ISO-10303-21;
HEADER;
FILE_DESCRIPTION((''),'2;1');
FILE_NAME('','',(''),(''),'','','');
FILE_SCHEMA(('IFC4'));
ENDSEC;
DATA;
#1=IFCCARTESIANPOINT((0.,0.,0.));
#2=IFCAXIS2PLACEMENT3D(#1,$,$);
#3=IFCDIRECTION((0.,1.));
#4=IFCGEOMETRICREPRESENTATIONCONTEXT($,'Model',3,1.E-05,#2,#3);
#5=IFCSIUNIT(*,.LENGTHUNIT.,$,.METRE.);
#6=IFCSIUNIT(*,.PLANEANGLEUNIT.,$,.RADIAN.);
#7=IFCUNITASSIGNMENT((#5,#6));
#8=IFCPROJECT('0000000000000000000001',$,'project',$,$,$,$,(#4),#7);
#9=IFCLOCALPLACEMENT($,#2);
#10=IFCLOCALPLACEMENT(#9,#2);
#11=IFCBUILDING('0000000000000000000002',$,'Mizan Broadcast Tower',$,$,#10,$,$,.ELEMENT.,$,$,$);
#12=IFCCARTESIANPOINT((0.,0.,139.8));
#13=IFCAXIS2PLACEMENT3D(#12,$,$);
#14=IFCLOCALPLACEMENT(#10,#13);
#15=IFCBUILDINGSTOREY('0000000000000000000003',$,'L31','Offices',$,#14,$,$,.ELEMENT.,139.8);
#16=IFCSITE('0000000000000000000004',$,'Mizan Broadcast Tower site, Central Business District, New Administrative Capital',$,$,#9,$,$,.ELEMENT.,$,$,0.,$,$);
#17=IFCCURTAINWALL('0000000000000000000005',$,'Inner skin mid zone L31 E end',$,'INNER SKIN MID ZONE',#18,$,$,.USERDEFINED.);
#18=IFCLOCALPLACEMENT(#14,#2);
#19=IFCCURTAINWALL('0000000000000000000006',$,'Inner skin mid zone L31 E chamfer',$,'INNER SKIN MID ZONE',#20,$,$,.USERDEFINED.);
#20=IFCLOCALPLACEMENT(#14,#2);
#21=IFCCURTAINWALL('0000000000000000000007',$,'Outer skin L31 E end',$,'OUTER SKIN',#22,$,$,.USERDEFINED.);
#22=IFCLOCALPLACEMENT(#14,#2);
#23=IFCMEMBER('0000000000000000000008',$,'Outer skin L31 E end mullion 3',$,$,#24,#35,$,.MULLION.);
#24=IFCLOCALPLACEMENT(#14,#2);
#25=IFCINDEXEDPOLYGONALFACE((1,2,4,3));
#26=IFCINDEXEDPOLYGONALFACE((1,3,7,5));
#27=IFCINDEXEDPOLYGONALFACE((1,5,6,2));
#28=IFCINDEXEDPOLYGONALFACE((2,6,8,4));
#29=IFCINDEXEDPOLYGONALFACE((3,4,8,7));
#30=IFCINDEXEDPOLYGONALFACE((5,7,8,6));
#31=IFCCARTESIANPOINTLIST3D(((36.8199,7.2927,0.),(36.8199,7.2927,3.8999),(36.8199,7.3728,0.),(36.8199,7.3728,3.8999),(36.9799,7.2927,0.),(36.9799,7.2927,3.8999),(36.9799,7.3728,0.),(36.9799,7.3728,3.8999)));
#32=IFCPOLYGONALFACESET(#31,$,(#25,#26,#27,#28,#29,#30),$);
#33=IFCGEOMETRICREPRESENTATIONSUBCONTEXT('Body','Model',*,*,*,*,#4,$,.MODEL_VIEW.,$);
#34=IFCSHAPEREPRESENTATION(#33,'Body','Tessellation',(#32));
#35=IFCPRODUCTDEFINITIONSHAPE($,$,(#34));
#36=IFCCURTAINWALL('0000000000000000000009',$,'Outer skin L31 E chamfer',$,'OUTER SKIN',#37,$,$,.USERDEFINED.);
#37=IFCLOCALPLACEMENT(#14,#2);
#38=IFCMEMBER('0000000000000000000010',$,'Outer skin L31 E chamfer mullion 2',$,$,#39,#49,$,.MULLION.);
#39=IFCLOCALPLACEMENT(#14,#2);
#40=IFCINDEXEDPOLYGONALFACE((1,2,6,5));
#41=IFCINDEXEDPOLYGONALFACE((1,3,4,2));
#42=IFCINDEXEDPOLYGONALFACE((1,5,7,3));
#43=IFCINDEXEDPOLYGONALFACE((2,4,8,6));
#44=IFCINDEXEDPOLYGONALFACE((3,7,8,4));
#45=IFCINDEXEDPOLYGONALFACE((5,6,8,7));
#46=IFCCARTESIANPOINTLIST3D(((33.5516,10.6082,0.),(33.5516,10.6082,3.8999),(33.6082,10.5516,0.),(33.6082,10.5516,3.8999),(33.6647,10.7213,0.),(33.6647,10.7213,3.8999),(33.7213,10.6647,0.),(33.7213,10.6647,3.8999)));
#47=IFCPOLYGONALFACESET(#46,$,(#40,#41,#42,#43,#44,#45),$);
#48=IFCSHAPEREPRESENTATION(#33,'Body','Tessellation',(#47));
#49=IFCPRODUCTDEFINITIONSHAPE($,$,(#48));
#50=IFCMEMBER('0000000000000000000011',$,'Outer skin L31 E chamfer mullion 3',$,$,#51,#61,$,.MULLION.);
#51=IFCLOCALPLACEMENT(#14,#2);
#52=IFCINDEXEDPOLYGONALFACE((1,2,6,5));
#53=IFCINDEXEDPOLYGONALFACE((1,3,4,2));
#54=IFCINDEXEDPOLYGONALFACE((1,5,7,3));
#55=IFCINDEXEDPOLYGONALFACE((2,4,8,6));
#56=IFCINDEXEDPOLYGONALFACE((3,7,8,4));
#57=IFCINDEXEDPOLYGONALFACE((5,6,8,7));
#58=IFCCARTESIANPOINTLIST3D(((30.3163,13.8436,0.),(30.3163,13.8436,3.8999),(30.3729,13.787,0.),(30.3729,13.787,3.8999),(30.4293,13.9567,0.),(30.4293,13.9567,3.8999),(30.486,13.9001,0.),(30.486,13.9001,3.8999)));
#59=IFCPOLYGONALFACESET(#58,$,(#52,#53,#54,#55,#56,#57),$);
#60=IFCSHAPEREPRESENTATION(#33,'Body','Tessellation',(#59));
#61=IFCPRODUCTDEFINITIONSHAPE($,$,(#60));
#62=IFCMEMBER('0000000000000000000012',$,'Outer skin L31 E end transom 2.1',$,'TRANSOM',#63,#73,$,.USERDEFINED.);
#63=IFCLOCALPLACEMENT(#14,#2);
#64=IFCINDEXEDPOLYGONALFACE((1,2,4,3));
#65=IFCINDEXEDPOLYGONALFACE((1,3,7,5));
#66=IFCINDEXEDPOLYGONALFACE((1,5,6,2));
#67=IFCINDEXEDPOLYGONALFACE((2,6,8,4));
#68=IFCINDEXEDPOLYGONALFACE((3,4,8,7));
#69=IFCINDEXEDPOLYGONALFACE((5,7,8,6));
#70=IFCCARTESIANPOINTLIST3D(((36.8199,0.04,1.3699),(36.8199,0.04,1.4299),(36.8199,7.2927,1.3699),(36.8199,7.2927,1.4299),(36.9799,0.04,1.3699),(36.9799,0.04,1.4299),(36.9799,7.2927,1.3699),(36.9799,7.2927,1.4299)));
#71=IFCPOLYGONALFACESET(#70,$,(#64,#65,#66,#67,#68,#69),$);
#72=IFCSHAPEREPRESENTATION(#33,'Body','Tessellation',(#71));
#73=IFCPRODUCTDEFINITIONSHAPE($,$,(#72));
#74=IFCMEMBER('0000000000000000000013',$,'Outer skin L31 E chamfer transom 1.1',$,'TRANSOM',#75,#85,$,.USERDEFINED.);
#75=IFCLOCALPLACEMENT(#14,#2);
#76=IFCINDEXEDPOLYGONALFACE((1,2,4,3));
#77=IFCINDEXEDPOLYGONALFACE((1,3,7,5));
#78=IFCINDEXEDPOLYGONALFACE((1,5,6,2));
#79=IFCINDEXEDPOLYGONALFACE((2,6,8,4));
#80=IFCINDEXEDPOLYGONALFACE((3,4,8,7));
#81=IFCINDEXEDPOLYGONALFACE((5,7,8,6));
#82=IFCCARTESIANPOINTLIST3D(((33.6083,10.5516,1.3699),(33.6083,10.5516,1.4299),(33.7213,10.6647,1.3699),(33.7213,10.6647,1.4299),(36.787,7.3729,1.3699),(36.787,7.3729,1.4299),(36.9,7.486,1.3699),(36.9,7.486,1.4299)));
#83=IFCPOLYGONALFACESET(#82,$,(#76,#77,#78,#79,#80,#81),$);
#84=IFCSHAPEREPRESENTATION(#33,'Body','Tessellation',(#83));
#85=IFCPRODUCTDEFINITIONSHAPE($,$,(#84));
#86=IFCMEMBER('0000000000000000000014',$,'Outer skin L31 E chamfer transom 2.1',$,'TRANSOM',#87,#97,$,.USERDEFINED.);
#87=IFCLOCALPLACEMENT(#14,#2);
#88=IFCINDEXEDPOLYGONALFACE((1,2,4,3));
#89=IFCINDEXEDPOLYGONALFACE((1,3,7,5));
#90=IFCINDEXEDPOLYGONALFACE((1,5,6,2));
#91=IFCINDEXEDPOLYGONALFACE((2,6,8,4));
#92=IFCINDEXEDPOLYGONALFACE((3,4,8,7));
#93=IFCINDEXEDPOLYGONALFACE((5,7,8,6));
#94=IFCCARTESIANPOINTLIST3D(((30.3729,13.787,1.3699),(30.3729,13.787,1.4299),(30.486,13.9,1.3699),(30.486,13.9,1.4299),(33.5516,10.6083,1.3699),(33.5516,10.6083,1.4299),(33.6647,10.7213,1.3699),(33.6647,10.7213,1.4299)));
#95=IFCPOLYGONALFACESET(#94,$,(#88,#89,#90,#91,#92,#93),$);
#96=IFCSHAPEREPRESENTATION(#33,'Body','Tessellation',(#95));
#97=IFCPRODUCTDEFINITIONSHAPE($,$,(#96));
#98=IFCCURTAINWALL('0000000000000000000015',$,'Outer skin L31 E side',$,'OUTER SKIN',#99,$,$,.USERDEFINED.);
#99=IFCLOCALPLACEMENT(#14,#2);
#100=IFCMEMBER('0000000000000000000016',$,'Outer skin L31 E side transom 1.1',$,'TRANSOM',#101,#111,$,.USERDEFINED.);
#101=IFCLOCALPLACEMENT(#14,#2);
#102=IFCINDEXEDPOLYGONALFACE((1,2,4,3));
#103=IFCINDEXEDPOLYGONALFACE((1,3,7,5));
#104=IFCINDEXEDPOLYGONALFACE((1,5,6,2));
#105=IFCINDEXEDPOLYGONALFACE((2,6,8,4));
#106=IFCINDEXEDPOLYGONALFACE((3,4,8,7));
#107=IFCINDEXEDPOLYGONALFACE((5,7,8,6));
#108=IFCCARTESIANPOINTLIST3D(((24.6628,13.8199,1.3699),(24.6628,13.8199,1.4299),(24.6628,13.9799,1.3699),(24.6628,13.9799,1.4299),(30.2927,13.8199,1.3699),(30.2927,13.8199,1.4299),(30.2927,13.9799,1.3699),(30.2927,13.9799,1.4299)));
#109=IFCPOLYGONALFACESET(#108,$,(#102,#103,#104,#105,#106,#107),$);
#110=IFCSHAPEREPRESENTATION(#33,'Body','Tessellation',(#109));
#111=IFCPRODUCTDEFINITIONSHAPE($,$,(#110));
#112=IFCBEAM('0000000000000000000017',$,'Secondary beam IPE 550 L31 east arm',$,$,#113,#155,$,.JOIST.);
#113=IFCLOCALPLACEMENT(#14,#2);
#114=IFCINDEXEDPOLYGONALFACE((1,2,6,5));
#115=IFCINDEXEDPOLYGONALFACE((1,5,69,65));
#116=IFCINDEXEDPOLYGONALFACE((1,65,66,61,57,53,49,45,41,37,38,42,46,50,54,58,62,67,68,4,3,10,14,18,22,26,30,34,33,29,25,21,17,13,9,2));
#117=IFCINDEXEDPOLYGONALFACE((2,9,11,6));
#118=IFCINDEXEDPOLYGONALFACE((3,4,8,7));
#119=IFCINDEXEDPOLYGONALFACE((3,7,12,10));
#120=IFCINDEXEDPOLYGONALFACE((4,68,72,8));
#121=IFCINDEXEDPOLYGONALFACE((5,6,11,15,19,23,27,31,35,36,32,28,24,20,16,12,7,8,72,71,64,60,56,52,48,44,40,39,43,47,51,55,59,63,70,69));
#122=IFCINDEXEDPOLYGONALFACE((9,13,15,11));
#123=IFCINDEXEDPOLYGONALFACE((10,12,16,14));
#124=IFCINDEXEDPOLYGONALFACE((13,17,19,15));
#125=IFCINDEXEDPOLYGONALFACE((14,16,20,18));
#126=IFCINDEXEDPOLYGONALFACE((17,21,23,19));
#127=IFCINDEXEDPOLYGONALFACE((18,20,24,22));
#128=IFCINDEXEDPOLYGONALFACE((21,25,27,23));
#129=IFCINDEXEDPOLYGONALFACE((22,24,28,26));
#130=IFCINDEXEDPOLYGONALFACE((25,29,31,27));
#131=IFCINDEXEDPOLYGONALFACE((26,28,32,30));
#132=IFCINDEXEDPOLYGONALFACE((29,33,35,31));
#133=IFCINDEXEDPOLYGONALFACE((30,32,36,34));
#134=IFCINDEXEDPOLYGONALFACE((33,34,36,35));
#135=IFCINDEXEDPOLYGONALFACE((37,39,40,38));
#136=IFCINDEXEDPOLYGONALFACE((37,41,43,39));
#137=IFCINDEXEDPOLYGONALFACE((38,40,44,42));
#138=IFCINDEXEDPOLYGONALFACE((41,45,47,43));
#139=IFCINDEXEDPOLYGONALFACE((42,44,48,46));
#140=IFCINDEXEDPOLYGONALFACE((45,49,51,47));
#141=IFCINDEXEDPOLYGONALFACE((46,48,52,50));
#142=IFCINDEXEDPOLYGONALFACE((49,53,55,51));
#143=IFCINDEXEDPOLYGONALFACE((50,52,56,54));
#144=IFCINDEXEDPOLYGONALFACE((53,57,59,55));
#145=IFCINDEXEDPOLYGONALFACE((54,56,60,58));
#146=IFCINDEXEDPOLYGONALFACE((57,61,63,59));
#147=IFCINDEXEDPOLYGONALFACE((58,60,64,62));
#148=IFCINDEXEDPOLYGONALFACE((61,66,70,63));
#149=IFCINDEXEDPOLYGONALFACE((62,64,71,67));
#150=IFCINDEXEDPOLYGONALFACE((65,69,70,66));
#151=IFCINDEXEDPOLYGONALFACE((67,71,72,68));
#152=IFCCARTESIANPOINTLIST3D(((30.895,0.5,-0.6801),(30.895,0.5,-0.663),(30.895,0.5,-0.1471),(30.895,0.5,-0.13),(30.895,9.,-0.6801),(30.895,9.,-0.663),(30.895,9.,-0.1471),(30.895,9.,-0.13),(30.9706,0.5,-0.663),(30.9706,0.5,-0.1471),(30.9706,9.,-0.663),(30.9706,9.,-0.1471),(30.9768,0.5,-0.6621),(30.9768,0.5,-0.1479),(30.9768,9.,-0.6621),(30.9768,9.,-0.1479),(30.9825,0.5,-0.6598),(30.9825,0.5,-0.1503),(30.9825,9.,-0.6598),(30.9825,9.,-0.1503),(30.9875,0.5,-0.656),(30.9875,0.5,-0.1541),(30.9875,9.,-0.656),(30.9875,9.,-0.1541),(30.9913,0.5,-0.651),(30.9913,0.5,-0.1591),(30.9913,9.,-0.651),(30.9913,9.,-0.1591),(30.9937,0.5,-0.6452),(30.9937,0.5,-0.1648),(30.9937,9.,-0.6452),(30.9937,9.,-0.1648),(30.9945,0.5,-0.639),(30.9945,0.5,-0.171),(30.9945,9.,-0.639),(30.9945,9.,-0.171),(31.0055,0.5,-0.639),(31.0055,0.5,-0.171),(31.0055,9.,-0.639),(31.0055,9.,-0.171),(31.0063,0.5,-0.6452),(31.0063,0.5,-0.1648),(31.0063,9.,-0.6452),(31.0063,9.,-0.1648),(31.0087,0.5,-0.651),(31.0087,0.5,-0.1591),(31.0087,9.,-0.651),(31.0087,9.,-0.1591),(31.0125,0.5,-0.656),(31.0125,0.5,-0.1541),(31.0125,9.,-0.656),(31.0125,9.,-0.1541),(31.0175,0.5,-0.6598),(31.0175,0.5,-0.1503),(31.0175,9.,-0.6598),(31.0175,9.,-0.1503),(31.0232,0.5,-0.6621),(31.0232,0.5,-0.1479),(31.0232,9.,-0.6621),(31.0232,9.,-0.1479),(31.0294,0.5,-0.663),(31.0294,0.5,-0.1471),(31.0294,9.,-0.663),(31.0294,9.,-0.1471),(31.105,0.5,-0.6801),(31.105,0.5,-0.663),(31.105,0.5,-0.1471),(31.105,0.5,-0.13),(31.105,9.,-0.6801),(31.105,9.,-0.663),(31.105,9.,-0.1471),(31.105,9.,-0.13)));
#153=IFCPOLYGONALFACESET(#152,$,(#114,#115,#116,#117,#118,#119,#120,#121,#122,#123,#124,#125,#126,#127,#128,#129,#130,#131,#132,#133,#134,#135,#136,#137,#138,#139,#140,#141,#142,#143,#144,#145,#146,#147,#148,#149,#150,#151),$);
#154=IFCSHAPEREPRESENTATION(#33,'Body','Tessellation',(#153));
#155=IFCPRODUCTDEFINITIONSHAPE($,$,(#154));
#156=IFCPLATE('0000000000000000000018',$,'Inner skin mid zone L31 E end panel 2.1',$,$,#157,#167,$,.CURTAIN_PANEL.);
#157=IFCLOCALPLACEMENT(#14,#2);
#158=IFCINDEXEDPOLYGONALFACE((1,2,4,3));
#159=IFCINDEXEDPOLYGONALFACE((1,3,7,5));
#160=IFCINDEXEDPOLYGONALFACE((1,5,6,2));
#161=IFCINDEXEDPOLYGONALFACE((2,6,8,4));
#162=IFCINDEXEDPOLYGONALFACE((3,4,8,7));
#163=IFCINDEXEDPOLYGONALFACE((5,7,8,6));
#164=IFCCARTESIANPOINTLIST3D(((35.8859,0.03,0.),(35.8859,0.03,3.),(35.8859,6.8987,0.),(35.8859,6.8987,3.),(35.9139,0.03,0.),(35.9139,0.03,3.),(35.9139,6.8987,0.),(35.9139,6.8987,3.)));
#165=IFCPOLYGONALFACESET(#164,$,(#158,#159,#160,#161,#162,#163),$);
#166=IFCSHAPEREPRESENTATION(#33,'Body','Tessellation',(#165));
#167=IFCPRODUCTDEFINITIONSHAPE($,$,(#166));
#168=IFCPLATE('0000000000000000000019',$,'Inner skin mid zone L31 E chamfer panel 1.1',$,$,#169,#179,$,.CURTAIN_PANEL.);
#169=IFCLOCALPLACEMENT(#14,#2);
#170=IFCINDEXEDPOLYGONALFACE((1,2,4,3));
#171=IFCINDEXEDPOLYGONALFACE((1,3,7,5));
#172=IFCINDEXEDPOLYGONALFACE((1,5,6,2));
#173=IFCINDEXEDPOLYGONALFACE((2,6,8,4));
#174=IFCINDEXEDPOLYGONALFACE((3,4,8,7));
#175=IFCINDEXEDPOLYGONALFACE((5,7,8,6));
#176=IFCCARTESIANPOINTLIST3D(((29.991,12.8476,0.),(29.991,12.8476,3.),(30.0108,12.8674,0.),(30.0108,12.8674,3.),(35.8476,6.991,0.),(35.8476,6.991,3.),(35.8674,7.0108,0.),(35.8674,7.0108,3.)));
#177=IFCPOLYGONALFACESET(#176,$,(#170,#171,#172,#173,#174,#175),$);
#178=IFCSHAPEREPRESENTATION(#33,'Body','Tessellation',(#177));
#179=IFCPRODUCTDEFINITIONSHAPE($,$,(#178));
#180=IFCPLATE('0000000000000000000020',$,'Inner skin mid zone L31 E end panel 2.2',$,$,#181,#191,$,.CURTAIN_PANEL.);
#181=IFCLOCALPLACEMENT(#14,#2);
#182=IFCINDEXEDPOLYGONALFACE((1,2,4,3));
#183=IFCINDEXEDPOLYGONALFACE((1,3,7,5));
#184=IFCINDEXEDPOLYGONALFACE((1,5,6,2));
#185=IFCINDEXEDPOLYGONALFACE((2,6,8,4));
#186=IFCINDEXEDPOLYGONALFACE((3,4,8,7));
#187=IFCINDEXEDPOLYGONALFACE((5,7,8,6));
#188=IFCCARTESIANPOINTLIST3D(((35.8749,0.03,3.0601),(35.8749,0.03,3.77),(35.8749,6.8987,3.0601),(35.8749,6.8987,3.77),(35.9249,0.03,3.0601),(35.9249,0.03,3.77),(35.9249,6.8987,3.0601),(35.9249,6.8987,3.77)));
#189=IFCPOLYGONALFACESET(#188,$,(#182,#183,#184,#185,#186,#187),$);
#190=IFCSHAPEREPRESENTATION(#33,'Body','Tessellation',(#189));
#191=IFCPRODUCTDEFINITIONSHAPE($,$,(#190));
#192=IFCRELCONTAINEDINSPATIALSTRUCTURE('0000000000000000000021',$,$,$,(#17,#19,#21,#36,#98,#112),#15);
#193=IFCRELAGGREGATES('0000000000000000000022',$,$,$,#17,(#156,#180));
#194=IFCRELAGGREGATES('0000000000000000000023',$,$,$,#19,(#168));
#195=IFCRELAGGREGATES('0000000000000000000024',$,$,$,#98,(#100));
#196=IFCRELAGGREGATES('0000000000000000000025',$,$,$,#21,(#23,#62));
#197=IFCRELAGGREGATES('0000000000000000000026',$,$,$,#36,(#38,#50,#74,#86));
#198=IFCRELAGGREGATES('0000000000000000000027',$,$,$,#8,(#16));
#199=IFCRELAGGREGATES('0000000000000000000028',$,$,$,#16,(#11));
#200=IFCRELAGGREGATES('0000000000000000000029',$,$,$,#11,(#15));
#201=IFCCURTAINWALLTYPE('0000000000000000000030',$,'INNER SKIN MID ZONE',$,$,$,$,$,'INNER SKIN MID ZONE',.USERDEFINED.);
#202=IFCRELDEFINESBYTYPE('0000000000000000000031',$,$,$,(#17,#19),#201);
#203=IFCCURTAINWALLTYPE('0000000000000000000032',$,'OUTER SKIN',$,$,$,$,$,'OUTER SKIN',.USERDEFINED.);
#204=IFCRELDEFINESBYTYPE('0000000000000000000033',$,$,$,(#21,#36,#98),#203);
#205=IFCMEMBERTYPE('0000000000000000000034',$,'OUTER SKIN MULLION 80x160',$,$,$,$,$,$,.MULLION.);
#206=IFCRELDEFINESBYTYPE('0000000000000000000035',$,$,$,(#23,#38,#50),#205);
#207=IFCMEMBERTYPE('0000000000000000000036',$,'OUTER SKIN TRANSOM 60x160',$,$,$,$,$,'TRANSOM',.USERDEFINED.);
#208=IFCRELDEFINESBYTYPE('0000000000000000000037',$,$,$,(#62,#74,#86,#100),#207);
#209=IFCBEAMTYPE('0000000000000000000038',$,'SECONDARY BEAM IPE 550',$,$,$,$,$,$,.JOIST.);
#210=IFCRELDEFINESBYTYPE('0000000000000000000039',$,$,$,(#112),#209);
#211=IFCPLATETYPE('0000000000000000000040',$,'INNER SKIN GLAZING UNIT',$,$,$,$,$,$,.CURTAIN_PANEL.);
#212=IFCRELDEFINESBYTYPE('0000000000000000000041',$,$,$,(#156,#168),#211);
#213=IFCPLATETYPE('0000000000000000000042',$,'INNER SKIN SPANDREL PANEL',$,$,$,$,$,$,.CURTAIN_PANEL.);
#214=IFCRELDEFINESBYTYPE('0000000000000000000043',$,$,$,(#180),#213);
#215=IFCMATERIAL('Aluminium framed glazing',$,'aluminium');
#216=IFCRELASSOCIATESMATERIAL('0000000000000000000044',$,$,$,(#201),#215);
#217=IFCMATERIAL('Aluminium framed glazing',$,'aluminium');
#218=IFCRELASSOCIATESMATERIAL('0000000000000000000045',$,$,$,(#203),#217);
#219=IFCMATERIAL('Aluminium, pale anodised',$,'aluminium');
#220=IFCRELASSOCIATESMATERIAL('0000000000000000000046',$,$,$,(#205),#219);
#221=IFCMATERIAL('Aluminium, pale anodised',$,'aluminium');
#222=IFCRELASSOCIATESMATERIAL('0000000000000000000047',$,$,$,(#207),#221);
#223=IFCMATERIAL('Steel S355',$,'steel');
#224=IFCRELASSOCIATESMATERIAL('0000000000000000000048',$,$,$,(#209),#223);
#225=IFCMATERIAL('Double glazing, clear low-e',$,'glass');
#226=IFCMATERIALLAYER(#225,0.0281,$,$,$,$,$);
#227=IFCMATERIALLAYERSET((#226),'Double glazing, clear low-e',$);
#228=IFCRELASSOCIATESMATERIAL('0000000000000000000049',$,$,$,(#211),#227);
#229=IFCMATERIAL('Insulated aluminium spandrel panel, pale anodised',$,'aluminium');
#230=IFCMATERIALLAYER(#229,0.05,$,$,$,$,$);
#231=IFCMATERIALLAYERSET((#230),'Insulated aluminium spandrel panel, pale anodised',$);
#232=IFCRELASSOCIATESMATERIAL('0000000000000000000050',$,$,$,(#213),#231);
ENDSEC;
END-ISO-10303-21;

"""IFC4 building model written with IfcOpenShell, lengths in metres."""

from ifc_helpers import new_model, si_unit, direction, frame, origin, origin_2d, place, context, subcontext, project, spatial, rectangle, i_section, extrude, material, layer, layer_set, material_profile, profile_set, type_object, element, aggregate, save


model = new_model("IFC4")

# Units and contexts
model_context = context("Model", 3, precision=1e-05, world=origin(), true_north=direction((0.0, 1.0)))
body_context = subcontext(model_context, "Body", "Model", "MODEL_VIEW")
ifc_project = project(units=[si_unit("LENGTHUNIT", "METRE"), si_unit("PLANEANGLEUNIT", "RADIAN")], contexts=[model_context])

# Site, building, storey
site_placement = place(None, origin())
site = spatial("IfcSite", under=ifc_project, at=site_placement, Name="Mizan Broadcast Tower site, Central Business District, New Administrative Capital", CompositionType="ELEMENT", RefElevation=0.0)
building_placement = place(site_placement, origin())
building = spatial("IfcBuilding", under=site, at=building_placement, Name="Mizan Broadcast Tower", CompositionType="ELEMENT")
storey_placement = place(building_placement, frame((0.0, 0.0, 139.8)))
storey = spatial("IfcBuildingStorey", under=building, at=storey_placement, Name="L31", Description="Offices", CompositionType="ELEMENT", Elevation=139.8)

# Curtain wall
ifc_material_1 = material(Name="Aluminium framed glazing", Category="aluminium")
curtain_wall_type_1 = type_object("IfcCurtainWallType", Name="INNER SKIN MID ZONE", ElementType="INNER SKIN MID ZONE", PredefinedType="USERDEFINED", material=ifc_material_1)
curtain_wall_1_placement = place(storey_placement, origin())
curtain_wall_1 = element("IfcCurtainWall", 1, at=curtain_wall_1_placement, inside=storey, type_object=curtain_wall_type_1, Name="Inner skin mid zone L31 E end", ObjectType="INNER SKIN MID ZONE", PredefinedType="USERDEFINED")

# Curtain wall
curtain_wall_2_placement = place(storey_placement, origin())
curtain_wall_2 = element("IfcCurtainWall", 2, at=curtain_wall_2_placement, inside=storey, type_object=curtain_wall_type_1, Name="Inner skin mid zone L31 E chamfer", ObjectType="INNER SKIN MID ZONE", PredefinedType="USERDEFINED")

# Curtain walls, members
ifc_material_2 = material(Name="Aluminium framed glazing", Category="aluminium")
curtain_wall_type_2 = type_object("IfcCurtainWallType", Name="OUTER SKIN", ElementType="OUTER SKIN", PredefinedType="USERDEFINED", material=ifc_material_2)
curtain_wall_3_placement = place(storey_placement, origin())
curtain_wall_3 = element("IfcCurtainWall", 3, at=curtain_wall_3_placement, inside=storey, type_object=curtain_wall_type_2, Name="Outer skin L31 E end", ObjectType="OUTER SKIN", PredefinedType="USERDEFINED")
ifc_material_3 = material(Name="Aluminium, pale anodised", Category="aluminium")
ifc_material_profile_1 = material_profile(ifc_material_3, rectangle(XDim=0.1599, YDim=0.0801, at=origin_2d()), Name="MULLION 160x80")
ifc_profile_set_1 = profile_set([ifc_material_profile_1], Name="Aluminium, pale anodised")
member_type_1 = type_object("IfcMemberType", Name="OUTER SKIN MULLION 80x160", PredefinedType="MULLION", material=ifc_profile_set_1)
member_1_placement = place(storey_placement, frame((36.8999, 7.3328, 0.0), z_axis=(0.0, 0.0, 1.0), x_axis=(-1.0, 0.0, 0.0)))
member_1 = element("IfcMember", 4, at=member_1_placement, type_object=member_type_1, Name="Outer skin L31 E end mullion 3", PredefinedType="MULLION", context=body_context, shape_type="SweptSolid", body=[
    extrude(rectangle(XDim=0.1599, YDim=0.0801, at=origin_2d()), origin(), (0.0, 0.0, 1.0), 3.8999),
])
curtain_wall_4_placement = place(storey_placement, origin())
curtain_wall_4 = element("IfcCurtainWall", 5, at=curtain_wall_4_placement, inside=storey, type_object=curtain_wall_type_2, Name="Outer skin L31 E chamfer", ObjectType="OUTER SKIN", PredefinedType="USERDEFINED")
member_2_placement = place(storey_placement, frame((33.6365, 10.6365, 0.0), z_axis=(0.0, 0.0, 1.0), x_axis=(-0.707107, -0.707107, 0.0)))
member_2 = element("IfcMember", 6, at=member_2_placement, type_object=member_type_1, Name="Outer skin L31 E chamfer mullion 2", PredefinedType="MULLION", context=body_context, shape_type="SweptSolid", body=[
    extrude(rectangle(XDim=0.1599, YDim=0.0801, at=origin_2d()), origin(), (0.0, 0.0, 1.0), 3.8999),
])
member_3_placement = place(storey_placement, frame((30.4011, 13.8718, 0.0), z_axis=(0.0, 0.0, 1.0), x_axis=(-0.707107, -0.707107, 0.0)))
member_3 = element("IfcMember", 7, at=member_3_placement, type_object=member_type_1, Name="Outer skin L31 E chamfer mullion 3", PredefinedType="MULLION", context=body_context, shape_type="SweptSolid", body=[
    extrude(rectangle(XDim=0.1599, YDim=0.0801, at=origin_2d()), origin(), (0.0, 0.0, 1.0), 3.8999),
])

# Members
ifc_material_4 = material(Name="Aluminium, pale anodised", Category="aluminium")
ifc_material_profile_2 = material_profile(ifc_material_4, rectangle(XDim=0.1599, YDim=0.0601, at=origin_2d()), Name="TRANSOM 160x60")
ifc_profile_set_2 = profile_set([ifc_material_profile_2], Name="Aluminium, pale anodised")
member_type_2 = type_object("IfcMemberType", Name="OUTER SKIN TRANSOM 60x160", ElementType="TRANSOM", PredefinedType="USERDEFINED", material=ifc_profile_set_2)
member_4_placement = place(storey_placement, frame((36.8999, 0.04, 1.3999), z_axis=(0.0, 1.0, 0.0), x_axis=(-1.0, 0.0, 0.0)))
member_4 = element("IfcMember", 8, at=member_4_placement, type_object=member_type_2, Name="Outer skin L31 E end transom 2.1", ObjectType="TRANSOM", PredefinedType="USERDEFINED", context=body_context, shape_type="SweptSolid", body=[
    extrude(rectangle(XDim=0.1599, YDim=0.0601, at=origin_2d()), origin(), (0.0, 0.0, 1.0), 7.2527),
])
member_5_placement = place(storey_placement, frame((36.8435, 7.4294, 1.3999), z_axis=(-0.707107, 0.707107, 0.0), x_axis=(-0.707107, -0.707107, 0.0)))
member_5 = element("IfcMember", 9, at=member_5_placement, type_object=member_type_2, Name="Outer skin L31 E chamfer transom 1.1", ObjectType="TRANSOM", PredefinedType="USERDEFINED", context=body_context, shape_type="SweptSolid", body=[
    extrude(rectangle(XDim=0.1599, YDim=0.0601, at=origin_2d()), origin(), (0.0, 0.0, 1.0), 4.4954),
])
member_6_placement = place(storey_placement, frame((33.6082, 10.6648, 1.3999), z_axis=(-0.707107, 0.707107, 0.0), x_axis=(-0.707107, -0.707107, 0.0)))
member_6 = element("IfcMember", 10, at=member_6_placement, type_object=member_type_2, Name="Outer skin L31 E chamfer transom 2.1", ObjectType="TRANSOM", PredefinedType="USERDEFINED", context=body_context, shape_type="SweptSolid", body=[
    extrude(rectangle(XDim=0.1599, YDim=0.0601, at=origin_2d()), origin(), (0.0, 0.0, 1.0), 4.4954),
])

# Curtain wall, member
curtain_wall_5_placement = place(storey_placement, origin())
curtain_wall_5 = element("IfcCurtainWall", 11, at=curtain_wall_5_placement, inside=storey, type_object=curtain_wall_type_2, Name="Outer skin L31 E side", ObjectType="OUTER SKIN", PredefinedType="USERDEFINED")
member_7_placement = place(storey_placement, frame((30.2927, 13.8999, 1.3999), z_axis=(-1.0, 0.0, 0.0), x_axis=(0.0, -1.0, 0.0)))
member_7 = element("IfcMember", 12, at=member_7_placement, type_object=member_type_2, Name="Outer skin L31 E side transom 1.1", ObjectType="TRANSOM", PredefinedType="USERDEFINED", context=body_context, shape_type="SweptSolid", body=[
    extrude(rectangle(XDim=0.1599, YDim=0.0601, at=origin_2d()), origin(), (0.0, 0.0, 1.0), 5.6299),
])

# Beam
ifc_material_5 = material(Name="Steel S355", Category="steel")
ifc_material_profile_3 = material_profile(ifc_material_5, i_section(OverallWidth=0.21, OverallDepth=0.55, WebThickness=0.011, FlangeThickness=0.0171, FilletRadius=0.0239, at=origin_2d()), Name="IPE 550")
ifc_profile_set_3 = profile_set([ifc_material_profile_3], Name="Steel S355")
beam_type_1 = type_object("IfcBeamType", Name="SECONDARY BEAM IPE 550", PredefinedType="JOIST", material=ifc_profile_set_3)
beam_1_placement = place(storey_placement, frame((31.0, 9.0, -0.405), z_axis=(0.0, -1.0, 0.0), x_axis=(1.0, 0.0, 0.0)))
element("IfcBeam", 13, at=beam_1_placement, inside=storey, type_object=beam_type_1, Name="Secondary beam IPE 550 L31 east arm", PredefinedType="JOIST", context=body_context, shape_type="SweptSolid", body=[
    extrude(i_section(OverallWidth=0.21, OverallDepth=0.55, WebThickness=0.011, FlangeThickness=0.0171, FilletRadius=0.0239, at=origin_2d()), origin(), (0.0, 0.0, 1.0), 8.5),
])

# Plates
ifc_material_6 = material(Name="Double glazing, clear low-e", Category="glass")
ifc_layer_1 = layer(ifc_material_6, 0.0281)
ifc_layer_set_1 = layer_set([ifc_layer_1], Name="Double glazing, clear low-e")
plate_type_1 = type_object("IfcPlateType", Name="INNER SKIN GLAZING UNIT", PredefinedType="CURTAIN_PANEL", material=ifc_layer_set_1)
plate_1_placement = place(storey_placement, frame((35.8999, 3.4644, 0.0), z_axis=(0.0, 0.0, 1.0), x_axis=(0.0, 1.0, 0.0)))
plate_1 = element("IfcPlate", 14, at=plate_1_placement, type_object=plate_type_1, Name="Inner skin mid zone L31 E end panel 2.1", PredefinedType="CURTAIN_PANEL", context=body_context, shape_type="SweptSolid", body=[
    extrude(rectangle(XDim=6.8687, YDim=0.0281, at=origin_2d()), origin(), (0.0, 0.0, 1.0), 3.0),
])
plate_2_placement = place(storey_placement, frame((32.9292, 9.9292, 0.0), z_axis=(0.0, 0.0, 1.0), x_axis=(-0.707107, 0.707107, 0.0)))
plate_2 = element("IfcPlate", 15, at=plate_2_placement, type_object=plate_type_1, Name="Inner skin mid zone L31 E chamfer panel 1.1", PredefinedType="CURTAIN_PANEL", context=body_context, shape_type="SweptSolid", body=[
    extrude(rectangle(XDim=8.2825, YDim=0.0281, at=origin_2d()), origin(), (0.0, 0.0, 1.0), 3.0),
])
ifc_material_7 = material(Name="Insulated aluminium spandrel panel, pale anodised", Category="aluminium")
ifc_layer_2 = layer(ifc_material_7, 0.05)
ifc_layer_set_2 = layer_set([ifc_layer_2], Name="Insulated aluminium spandrel panel, pale anodised")
plate_type_2 = type_object("IfcPlateType", Name="INNER SKIN SPANDREL PANEL", PredefinedType="CURTAIN_PANEL", material=ifc_layer_set_2)
plate_3_placement = place(storey_placement, frame((35.8999, 3.4644, 3.0601), z_axis=(0.0, 0.0, 1.0), x_axis=(0.0, 1.0, 0.0)))
plate_3 = element("IfcPlate", 16, at=plate_3_placement, type_object=plate_type_2, Name="Inner skin mid zone L31 E end panel 2.2", PredefinedType="CURTAIN_PANEL", context=body_context, shape_type="SweptSolid", body=[
    extrude(rectangle(XDim=6.8687, YDim=0.05, at=origin_2d()), origin(), (0.0, 0.0, 1.0), 0.71),
])
aggregate(curtain_wall_1, [plate_1, plate_3])
aggregate(curtain_wall_2, [plate_2])
aggregate(curtain_wall_5, [member_7])
aggregate(curtain_wall_3, [member_1, member_4])
aggregate(curtain_wall_4, [member_2, member_3, member_5, member_6])

save(model, "model.ifc")
